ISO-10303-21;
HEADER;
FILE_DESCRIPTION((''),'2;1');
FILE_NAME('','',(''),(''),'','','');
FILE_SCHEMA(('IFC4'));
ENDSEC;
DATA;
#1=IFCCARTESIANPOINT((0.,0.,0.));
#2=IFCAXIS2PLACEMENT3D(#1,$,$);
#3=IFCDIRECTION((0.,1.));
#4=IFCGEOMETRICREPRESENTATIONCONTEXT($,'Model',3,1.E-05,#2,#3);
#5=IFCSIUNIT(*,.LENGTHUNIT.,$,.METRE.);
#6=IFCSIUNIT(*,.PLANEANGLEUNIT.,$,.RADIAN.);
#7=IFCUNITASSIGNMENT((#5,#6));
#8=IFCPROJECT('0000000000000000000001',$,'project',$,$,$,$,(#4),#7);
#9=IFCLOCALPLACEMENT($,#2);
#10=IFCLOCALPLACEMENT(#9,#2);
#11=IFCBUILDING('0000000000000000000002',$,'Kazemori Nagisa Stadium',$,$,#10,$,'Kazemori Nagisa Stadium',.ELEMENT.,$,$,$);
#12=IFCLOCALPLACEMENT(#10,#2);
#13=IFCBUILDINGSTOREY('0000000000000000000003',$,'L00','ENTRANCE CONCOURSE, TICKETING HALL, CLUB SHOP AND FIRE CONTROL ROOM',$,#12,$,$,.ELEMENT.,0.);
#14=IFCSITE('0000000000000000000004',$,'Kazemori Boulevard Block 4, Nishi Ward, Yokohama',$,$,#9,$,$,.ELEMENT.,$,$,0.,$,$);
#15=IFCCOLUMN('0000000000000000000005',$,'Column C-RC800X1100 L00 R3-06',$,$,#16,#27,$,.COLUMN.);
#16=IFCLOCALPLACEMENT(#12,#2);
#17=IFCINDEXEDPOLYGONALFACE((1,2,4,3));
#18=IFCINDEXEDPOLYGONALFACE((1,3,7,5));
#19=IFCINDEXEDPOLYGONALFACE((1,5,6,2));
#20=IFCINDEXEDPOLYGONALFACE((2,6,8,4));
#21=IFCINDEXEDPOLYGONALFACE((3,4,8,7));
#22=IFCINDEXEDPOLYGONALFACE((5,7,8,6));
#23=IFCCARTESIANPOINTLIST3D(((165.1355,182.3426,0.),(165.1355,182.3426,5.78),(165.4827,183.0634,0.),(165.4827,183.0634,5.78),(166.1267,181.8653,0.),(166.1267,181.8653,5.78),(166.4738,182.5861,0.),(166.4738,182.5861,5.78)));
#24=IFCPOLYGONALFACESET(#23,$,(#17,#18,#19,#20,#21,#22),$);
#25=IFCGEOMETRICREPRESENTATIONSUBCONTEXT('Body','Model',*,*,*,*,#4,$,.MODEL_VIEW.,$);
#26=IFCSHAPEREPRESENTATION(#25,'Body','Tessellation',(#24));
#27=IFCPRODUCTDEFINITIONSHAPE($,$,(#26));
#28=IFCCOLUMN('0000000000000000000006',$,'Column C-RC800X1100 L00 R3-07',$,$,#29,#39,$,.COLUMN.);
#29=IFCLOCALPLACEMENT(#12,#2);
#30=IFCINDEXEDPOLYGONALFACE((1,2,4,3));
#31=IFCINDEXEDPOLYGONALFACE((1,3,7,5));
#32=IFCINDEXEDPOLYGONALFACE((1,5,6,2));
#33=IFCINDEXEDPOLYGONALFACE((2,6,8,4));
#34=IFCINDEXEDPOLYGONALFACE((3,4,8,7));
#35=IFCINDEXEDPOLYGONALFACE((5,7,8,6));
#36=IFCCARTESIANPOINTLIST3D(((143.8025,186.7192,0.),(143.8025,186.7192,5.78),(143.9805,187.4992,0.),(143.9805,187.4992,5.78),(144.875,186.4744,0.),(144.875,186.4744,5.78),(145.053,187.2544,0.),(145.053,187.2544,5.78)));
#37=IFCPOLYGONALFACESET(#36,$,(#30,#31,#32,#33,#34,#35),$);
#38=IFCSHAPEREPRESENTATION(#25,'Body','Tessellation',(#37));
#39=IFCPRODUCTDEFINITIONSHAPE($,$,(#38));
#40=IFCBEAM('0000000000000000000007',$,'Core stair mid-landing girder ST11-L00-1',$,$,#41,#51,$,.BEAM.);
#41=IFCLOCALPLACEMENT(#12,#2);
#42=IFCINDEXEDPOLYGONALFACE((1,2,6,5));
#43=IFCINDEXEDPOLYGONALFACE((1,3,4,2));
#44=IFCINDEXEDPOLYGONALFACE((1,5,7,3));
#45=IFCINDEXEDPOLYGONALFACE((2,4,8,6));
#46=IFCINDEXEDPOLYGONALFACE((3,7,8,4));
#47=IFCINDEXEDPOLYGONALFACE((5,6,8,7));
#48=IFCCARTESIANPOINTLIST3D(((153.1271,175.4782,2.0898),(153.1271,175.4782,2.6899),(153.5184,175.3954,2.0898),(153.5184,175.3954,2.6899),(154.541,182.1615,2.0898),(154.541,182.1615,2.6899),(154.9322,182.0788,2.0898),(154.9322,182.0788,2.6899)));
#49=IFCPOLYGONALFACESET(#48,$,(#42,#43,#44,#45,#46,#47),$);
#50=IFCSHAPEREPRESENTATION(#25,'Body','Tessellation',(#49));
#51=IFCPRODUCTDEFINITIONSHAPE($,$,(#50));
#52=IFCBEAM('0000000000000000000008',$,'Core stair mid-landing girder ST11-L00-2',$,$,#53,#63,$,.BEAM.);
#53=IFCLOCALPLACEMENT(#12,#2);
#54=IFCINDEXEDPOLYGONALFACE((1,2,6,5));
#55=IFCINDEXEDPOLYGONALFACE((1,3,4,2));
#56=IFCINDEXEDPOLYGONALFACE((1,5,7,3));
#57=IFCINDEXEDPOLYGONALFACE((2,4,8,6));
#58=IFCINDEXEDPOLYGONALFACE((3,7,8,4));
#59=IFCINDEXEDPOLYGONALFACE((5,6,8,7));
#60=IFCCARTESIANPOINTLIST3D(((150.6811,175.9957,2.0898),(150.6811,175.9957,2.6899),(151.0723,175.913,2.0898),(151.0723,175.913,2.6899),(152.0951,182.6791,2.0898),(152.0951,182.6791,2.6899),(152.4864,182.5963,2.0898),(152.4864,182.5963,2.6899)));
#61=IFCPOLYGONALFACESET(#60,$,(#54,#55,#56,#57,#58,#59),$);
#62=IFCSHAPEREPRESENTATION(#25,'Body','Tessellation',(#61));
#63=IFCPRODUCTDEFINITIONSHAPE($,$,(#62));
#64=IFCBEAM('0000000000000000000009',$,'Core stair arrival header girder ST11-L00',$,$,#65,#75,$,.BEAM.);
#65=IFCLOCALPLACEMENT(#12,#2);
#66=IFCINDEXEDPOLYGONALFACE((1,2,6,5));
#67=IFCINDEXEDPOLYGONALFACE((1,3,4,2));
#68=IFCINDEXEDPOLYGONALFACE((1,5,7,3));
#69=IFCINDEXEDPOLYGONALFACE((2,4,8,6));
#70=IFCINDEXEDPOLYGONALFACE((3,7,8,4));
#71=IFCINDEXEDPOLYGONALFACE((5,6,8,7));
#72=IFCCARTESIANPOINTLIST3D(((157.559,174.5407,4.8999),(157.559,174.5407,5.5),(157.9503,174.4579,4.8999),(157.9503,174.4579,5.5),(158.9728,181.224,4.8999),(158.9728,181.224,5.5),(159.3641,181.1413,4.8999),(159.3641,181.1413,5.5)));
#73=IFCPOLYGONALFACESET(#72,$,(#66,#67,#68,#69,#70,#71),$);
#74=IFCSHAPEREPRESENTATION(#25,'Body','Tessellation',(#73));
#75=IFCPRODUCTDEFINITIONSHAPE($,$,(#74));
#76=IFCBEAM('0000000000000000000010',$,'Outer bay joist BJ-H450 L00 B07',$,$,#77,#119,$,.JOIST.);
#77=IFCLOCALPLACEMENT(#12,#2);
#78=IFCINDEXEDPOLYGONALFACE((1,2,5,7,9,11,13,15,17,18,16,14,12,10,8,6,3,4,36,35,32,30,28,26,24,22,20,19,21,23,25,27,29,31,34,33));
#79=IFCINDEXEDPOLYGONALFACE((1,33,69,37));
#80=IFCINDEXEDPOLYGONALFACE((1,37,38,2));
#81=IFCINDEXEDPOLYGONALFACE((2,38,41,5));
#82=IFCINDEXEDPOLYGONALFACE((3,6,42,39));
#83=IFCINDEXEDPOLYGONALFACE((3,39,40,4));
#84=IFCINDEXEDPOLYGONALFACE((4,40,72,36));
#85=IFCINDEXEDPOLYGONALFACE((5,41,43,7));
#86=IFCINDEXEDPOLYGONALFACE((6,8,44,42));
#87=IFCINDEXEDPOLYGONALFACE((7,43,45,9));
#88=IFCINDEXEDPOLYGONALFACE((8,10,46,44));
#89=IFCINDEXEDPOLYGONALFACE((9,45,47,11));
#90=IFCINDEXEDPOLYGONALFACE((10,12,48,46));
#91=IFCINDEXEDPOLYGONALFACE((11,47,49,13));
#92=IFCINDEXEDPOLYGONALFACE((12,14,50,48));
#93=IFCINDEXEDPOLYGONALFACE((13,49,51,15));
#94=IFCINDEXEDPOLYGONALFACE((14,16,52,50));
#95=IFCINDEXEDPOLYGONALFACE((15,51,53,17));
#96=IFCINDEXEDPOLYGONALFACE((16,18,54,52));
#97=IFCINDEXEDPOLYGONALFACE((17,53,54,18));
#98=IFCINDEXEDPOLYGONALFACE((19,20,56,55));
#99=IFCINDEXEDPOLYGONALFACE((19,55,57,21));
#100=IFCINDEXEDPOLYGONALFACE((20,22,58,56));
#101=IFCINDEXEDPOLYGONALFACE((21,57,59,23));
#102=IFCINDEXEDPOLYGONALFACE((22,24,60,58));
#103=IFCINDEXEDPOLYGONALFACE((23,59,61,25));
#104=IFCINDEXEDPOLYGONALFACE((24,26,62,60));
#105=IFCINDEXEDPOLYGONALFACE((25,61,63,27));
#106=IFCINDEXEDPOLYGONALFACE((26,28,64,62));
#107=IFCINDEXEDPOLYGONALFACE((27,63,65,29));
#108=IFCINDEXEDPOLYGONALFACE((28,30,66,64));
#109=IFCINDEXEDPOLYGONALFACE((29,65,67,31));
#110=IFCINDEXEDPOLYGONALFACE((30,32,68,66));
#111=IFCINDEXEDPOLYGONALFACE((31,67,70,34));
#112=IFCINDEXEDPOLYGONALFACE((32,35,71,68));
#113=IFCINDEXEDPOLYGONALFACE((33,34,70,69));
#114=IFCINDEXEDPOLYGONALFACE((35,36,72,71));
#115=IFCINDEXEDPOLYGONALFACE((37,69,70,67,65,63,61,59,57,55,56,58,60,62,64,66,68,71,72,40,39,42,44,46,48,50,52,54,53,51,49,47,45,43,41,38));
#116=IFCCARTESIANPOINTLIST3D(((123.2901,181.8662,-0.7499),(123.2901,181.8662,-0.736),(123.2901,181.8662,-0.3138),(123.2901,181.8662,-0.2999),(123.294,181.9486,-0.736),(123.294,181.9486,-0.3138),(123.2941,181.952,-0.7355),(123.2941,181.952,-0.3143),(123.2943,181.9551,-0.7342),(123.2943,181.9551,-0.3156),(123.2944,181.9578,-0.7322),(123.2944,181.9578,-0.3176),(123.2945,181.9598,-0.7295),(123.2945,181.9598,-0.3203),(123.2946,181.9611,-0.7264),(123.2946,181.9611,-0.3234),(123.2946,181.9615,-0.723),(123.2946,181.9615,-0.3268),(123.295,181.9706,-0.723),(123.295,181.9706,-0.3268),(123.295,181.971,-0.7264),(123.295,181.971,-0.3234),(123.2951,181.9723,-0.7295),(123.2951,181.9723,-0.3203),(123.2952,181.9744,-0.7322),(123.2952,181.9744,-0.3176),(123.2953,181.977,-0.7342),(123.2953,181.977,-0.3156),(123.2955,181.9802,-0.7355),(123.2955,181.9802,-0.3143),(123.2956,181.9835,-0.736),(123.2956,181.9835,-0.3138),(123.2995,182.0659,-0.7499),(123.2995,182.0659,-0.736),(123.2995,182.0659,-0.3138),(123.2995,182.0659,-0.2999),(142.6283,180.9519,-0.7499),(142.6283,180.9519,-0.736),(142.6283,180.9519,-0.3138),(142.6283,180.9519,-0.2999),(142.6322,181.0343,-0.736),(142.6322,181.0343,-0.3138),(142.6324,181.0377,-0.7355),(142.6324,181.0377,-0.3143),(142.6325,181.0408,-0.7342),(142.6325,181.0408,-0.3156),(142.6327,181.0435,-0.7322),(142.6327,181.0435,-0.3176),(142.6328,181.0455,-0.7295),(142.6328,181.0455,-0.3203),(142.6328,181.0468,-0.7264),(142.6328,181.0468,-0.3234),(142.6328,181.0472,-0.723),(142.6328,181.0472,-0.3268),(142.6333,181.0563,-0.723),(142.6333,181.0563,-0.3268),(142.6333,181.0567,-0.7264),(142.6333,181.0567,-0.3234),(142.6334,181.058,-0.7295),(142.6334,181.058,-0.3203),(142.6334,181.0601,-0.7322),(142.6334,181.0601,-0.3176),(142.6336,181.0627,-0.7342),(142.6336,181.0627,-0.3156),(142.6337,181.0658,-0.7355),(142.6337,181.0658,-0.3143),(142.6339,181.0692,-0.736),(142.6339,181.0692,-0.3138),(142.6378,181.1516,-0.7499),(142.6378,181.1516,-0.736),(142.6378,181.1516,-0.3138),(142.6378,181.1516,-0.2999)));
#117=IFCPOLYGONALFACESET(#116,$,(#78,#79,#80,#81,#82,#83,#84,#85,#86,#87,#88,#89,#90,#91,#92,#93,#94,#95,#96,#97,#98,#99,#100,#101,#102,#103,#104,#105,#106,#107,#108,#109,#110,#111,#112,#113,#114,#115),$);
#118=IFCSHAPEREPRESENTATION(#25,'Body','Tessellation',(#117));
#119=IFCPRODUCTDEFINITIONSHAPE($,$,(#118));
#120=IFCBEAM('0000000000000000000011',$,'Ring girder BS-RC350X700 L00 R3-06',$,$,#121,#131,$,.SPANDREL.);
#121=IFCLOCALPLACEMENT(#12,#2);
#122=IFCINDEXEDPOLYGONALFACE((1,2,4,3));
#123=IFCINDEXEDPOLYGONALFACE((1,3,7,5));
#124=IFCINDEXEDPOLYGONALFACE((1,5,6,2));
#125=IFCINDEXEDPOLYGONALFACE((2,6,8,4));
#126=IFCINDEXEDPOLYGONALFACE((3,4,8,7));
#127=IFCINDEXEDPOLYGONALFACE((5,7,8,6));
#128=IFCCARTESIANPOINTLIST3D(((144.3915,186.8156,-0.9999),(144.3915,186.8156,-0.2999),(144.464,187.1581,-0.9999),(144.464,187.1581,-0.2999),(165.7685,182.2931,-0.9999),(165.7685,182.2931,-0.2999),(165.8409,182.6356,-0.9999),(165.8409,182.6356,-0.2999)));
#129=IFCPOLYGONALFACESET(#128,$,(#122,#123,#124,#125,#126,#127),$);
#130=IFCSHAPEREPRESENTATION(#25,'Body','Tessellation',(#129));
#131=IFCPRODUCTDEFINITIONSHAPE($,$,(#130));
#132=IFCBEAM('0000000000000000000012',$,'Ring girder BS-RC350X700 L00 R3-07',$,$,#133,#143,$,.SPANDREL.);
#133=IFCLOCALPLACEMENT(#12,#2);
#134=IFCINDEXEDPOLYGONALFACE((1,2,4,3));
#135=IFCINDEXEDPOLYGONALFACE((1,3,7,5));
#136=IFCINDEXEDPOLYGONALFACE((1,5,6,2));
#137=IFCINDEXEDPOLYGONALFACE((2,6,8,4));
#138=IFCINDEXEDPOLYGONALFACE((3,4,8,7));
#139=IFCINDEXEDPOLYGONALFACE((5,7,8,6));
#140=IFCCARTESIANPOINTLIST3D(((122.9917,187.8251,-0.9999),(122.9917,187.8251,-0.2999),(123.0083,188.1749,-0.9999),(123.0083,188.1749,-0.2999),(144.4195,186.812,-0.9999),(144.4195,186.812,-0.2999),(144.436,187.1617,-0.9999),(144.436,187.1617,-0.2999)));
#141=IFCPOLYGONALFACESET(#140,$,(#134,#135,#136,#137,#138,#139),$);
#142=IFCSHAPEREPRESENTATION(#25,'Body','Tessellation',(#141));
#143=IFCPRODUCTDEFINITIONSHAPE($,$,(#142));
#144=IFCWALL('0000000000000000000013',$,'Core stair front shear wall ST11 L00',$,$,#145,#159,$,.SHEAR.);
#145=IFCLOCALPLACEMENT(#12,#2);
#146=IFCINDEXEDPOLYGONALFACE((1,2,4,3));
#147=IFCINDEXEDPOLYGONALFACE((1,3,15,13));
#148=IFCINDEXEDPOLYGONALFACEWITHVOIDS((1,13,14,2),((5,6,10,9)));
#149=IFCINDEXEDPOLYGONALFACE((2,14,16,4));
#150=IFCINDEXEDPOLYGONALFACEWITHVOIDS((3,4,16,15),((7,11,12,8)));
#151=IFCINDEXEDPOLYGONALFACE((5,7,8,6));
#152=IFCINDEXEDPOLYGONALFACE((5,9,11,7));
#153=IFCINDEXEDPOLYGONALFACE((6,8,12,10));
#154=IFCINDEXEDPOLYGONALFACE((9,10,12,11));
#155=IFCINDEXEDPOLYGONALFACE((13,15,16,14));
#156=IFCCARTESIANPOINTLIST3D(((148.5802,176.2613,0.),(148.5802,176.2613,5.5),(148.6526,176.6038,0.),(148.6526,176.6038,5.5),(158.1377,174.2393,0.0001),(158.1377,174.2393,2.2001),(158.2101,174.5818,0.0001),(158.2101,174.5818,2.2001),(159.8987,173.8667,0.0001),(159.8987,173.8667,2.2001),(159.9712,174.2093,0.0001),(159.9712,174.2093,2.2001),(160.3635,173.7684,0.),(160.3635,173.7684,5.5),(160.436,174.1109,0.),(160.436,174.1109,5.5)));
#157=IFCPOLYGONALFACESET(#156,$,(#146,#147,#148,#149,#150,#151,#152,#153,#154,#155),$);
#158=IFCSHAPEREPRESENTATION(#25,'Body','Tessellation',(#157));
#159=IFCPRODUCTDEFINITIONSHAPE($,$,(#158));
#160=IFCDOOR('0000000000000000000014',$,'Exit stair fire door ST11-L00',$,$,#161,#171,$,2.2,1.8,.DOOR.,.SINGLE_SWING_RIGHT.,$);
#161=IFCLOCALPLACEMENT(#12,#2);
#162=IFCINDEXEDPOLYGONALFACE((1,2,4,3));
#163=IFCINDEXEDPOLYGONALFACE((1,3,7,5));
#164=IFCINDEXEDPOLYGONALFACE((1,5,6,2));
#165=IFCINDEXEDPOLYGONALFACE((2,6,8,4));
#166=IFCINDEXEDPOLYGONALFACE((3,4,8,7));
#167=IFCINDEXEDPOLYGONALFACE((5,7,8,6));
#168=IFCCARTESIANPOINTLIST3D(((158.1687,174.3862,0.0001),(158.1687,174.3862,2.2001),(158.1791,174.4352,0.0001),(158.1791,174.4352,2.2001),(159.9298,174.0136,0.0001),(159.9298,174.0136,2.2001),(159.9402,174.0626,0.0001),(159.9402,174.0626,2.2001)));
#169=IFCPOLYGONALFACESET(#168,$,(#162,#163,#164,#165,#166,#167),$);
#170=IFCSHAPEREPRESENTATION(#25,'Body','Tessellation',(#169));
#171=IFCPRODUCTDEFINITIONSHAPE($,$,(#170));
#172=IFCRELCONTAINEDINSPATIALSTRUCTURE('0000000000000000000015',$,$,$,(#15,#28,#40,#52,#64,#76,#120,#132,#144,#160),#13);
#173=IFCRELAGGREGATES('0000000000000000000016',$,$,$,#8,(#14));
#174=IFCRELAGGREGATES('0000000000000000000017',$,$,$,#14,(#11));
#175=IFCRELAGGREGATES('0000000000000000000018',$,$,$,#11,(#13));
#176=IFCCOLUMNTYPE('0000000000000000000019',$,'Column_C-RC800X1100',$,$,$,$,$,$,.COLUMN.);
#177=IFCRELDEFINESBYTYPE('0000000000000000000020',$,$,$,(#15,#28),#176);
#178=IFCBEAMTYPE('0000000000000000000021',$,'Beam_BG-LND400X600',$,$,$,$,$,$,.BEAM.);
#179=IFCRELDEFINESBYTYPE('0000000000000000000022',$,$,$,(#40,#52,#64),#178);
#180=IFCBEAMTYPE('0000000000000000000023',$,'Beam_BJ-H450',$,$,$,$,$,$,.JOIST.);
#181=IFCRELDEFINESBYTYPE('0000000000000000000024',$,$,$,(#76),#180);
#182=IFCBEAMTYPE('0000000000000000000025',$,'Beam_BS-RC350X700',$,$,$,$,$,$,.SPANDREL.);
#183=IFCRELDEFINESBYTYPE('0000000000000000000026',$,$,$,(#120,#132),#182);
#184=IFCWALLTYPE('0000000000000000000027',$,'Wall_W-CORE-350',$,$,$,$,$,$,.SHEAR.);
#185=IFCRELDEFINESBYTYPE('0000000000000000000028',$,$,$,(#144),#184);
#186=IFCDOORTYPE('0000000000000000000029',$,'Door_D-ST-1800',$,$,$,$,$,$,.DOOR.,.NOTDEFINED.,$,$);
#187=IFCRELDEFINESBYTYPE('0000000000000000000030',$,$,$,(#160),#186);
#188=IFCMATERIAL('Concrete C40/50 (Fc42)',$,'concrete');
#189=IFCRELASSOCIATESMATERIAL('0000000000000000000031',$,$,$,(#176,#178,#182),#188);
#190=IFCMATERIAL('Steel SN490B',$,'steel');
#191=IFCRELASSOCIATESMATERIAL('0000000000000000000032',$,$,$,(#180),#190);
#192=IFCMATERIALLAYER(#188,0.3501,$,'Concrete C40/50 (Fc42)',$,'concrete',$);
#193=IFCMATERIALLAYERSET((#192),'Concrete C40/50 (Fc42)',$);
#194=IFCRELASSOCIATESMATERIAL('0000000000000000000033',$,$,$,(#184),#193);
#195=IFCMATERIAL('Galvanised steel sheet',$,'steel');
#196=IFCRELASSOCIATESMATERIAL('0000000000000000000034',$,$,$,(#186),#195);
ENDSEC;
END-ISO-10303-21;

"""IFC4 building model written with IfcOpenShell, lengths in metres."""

from ifc_helpers import new_model, si_unit, direction, frame, frame_2d, origin, origin_2d, place, context, subcontext, project, spatial, rectangle, i_section, extrude, material, layer, layer_set, material_profile, profile_set, type_object, element, fill, save


model = new_model("IFC4")

# Units and contexts
model_context = context("Model", 3, precision=1e-05, world=origin(), true_north=direction((0.0, 1.0)))
body_context = subcontext(model_context, "Body", "Model", "MODEL_VIEW")
ifc_project = project(units=[si_unit("LENGTHUNIT", "METRE"), si_unit("PLANEANGLEUNIT", "RADIAN")], contexts=[model_context])

# Site, building, storey
site_placement = place(None, origin())
site = spatial("IfcSite", under=ifc_project, at=site_placement, Name="Kazemori Boulevard Block 4, Nishi Ward, Yokohama", CompositionType="ELEMENT", RefElevation=0.0)
building_placement = place(site_placement, origin())
building = spatial("IfcBuilding", under=site, at=building_placement, Name="Kazemori Nagisa Stadium", LongName="Kazemori Nagisa Stadium", CompositionType="ELEMENT")
storey_placement = place(building_placement, origin())
storey = spatial("IfcBuildingStorey", under=building, at=storey_placement, Name="L00", Description="ENTRANCE CONCOURSE, TICKETING HALL, CLUB SHOP AND FIRE CONTROL ROOM", CompositionType="ELEMENT", Elevation=0.0)

# Columns
ifc_material_1 = material(Name="Concrete C40/50 (Fc42)", Category="concrete")
ifc_material_profile_1 = material_profile(ifc_material_1, rectangle(XDim=0.8, YDim=1.1001, at=origin_2d()), Name="RC-COL-800x1100")
ifc_profile_set_1 = profile_set([ifc_material_profile_1], Name="Concrete C40/50 (Fc42)")
column_type = type_object("IfcColumnType", Name="Column_C-RC800X1100", PredefinedType="COLUMN", material=ifc_profile_set_1)
for number, where, z_axis, x_axis, name in (
    (1, (165.8047, 182.4644, 0.0), (0.0, 0.0, 1.0), (0.433884, 0.900969, 0.0), "Column C-RC800X1100 L00 R3-06"),
    (2, (144.4277, 186.9868, 0.0), (0.0, 0.0, 1.0), (0.222521, 0.974928, 0.0), "Column C-RC800X1100 L00 R3-07"),
):
    element("IfcColumn", number, at=place(storey_placement, frame(where, z_axis=z_axis, x_axis=x_axis)), inside=storey, type_object=column_type, Name=name, PredefinedType="COLUMN", context=body_context, shape_type="SweptSolid", body=[
        extrude(rectangle(XDim=0.8, YDim=1.1001, at=origin_2d()), origin(), (0.0, 0.0, 1.0), 5.78),
    ])

# Beams
ifc_material_profile_2 = material_profile(ifc_material_1, rectangle(XDim=0.3999, YDim=0.6001, at=origin_2d()), Name="RC-BM-400x600")
ifc_profile_set_2 = profile_set([ifc_material_profile_2], Name="Concrete C40/50 (Fc42)")
beam_type_1 = type_object("IfcBeamType", Name="Beam_BG-LND400X600", PredefinedType="BEAM", material=ifc_profile_set_2)
for number, where, z_axis, x_axis, name in (
    (3, (153.3228, 175.4368, 2.3899), (0.206963, 0.978349, 0.0), (-0.978349, 0.206963, 0.0), "Core stair mid-landing girder ST11-L00-1"),
    (4, (150.8767, 175.9543, 2.3899), (0.206997, 0.978341, 0.0), (-0.978341, 0.206997, 0.0), "Core stair mid-landing girder ST11-L00-2"),
    (5, (157.7546, 174.4993, 5.2), (0.206963, 0.978349, 0.0), (-0.978349, 0.206963, 0.0), "Core stair arrival header girder ST11-L00"),
):
    element("IfcBeam", number, at=place(storey_placement, frame(where, z_axis=z_axis, x_axis=x_axis)), inside=storey, type_object=beam_type_1, Name=name, PredefinedType="BEAM", context=body_context, shape_type="SweptSolid", body=[
        extrude(rectangle(XDim=0.3999, YDim=0.6001, at=origin_2d()), origin(), (0.0, 0.0, 1.0), 6.8313),
    ])
ifc_material_2 = material(Name="Steel SN490B", Category="steel")
ifc_material_profile_3 = material_profile(ifc_material_2, i_section(OverallWidth=0.2, OverallDepth=0.45, WebThickness=0.009, FlangeThickness=0.0139, FilletRadius=0.0129, at=origin_2d()), Name="H-450x200x9x14")
ifc_profile_set_3 = profile_set([ifc_material_profile_3], Name="Steel SN490B")
beam_type_2 = type_object("IfcBeamType", Name="Beam_BJ-H450", PredefinedType="JOIST", material=ifc_profile_set_3)
beam_1_placement = place(storey_placement, frame((142.6331, 181.0518, -0.5249), z_axis=(-0.998884, 0.047227, 0.0), x_axis=(-0.047227, -0.998884, 0.0)))
element("IfcBeam", 6, at=beam_1_placement, inside=storey, type_object=beam_type_2, Name="Outer bay joist BJ-H450 L00 B07", PredefinedType="JOIST", context=body_context, shape_type="SweptSolid", body=[
    extrude(i_section(OverallWidth=0.2, OverallDepth=0.45, WebThickness=0.009, FlangeThickness=0.0139, FilletRadius=0.0129, at=origin_2d()), origin(), (0.0, 0.0, 1.0), 19.3599),
])
ifc_material_profile_4 = material_profile(ifc_material_1, rectangle(XDim=0.3501, YDim=0.7, at=origin_2d()), Name="RC-SP-350x700")
ifc_profile_set_4 = profile_set([ifc_material_profile_4], Name="Concrete C40/50 (Fc42)")
beam_type_3 = type_object("IfcBeamType", Name="Beam_BS-RC350X700", PredefinedType="SPANDREL", material=ifc_profile_set_4)
beam_2_placement = place(storey_placement, frame((165.8047, 182.4644, -0.6499), z_axis=(-0.978346, 0.206977, 0.0), x_axis=(-0.206977, -0.978346, 0.0)))
element("IfcBeam", 7, at=beam_2_placement, inside=storey, type_object=beam_type_3, Name="Ring girder BS-RC350X700 L00 R3-06", PredefinedType="SPANDREL", context=body_context, shape_type="SweptSolid", body=[
    extrude(rectangle(XDim=0.3501, YDim=0.7, at=origin_2d()), origin(), (0.0, 0.0, 1.0), 21.8501),
])
beam_3_placement = place(storey_placement, frame((144.4277, 186.9868, -0.6499), z_axis=(-0.998884, 0.047231, 0.0), x_axis=(-0.047231, -0.998884, 0.0)))
element("IfcBeam", 8, at=beam_3_placement, inside=storey, type_object=beam_type_3, Name="Ring girder BS-RC350X700 L00 R3-07", PredefinedType="SPANDREL", context=body_context, shape_type="SweptSolid", body=[
    extrude(rectangle(XDim=0.3501, YDim=0.7, at=origin_2d()), origin(), (0.0, 0.0, 1.0), 21.4517),
])

# Wall, opening, door
ifc_layer_1 = layer(ifc_material_1, 0.3501, Name="Concrete C40/50 (Fc42)", Category="concrete")
ifc_layer_set_1 = layer_set([ifc_layer_1], Name="Concrete C40/50 (Fc42)")
wall_type_1 = type_object("IfcWallType", Name="Wall_W-CORE-350", PredefinedType="SHEAR", material=ifc_layer_set_1)
wall_1_placement = place(storey_placement, frame((160.3997, 173.9397, 0.0), z_axis=(0.0, 0.0, 1.0), x_axis=(-0.978345, 0.20698, 0.0)))
wall_1 = element("IfcWall", 9, at=wall_1_placement, inside=storey, type_object=wall_type_1, Name="Core stair front shear wall ST11 L00", PredefinedType="SHEAR", context=body_context, shape_type="SweptSolid", body=[
    extrude(rectangle(XDim=12.0442, YDim=0.3501, at=frame_2d((6.022, 0.0))), origin(), (0.0, 0.0, 1.0), 5.5),
])
opening_1_placement = place(wall_1_placement, frame((0.4751, 0.0, 0.0)))
opening_1 = element("IfcOpeningElement", 10, at=opening_1_placement, cuts=wall_1, PredefinedType="OPENING", context=body_context, shape_type="SweptSolid", body=[
    extrude(rectangle(XDim=1.8, YDim=2.2, at=frame_2d((0.8999, 1.1001))), frame((0.0, 0.1851, 0.0), z_axis=(0.0, -1.0, 0.0), x_axis=(1.0, 0.0, 0.0)), (0.0, 0.0, 1.0), 0.3701),
])
ifc_material_3 = material(Name="Galvanised steel sheet", Category="steel")
door_type_1 = type_object("IfcDoorType", Name="Door_D-ST-1800", OperationType="NOTDEFINED", PredefinedType="DOOR", material=ifc_material_3)
door_1_placement = place(opening_1_placement, origin())
door_1 = element("IfcDoor", 11, at=door_1_placement, inside=storey, type_object=door_type_1, Name="Exit stair fire door ST11-L00", OperationType="SINGLE_SWING_RIGHT", OverallHeight=2.2, OverallWidth=1.8, PredefinedType="DOOR", context=body_context, shape_type="SweptSolid", body=[
    extrude(rectangle(XDim=1.8, YDim=2.2, at=frame_2d((0.8999, 1.1001))), frame((0.0, 0.0249, 0.0), z_axis=(0.0, -1.0, 0.0), x_axis=(1.0, 0.0, 0.0)), (0.0, 0.0, 1.0), 0.05),
])
fill(opening_1, door_1)

save(model, "model.ifc")
